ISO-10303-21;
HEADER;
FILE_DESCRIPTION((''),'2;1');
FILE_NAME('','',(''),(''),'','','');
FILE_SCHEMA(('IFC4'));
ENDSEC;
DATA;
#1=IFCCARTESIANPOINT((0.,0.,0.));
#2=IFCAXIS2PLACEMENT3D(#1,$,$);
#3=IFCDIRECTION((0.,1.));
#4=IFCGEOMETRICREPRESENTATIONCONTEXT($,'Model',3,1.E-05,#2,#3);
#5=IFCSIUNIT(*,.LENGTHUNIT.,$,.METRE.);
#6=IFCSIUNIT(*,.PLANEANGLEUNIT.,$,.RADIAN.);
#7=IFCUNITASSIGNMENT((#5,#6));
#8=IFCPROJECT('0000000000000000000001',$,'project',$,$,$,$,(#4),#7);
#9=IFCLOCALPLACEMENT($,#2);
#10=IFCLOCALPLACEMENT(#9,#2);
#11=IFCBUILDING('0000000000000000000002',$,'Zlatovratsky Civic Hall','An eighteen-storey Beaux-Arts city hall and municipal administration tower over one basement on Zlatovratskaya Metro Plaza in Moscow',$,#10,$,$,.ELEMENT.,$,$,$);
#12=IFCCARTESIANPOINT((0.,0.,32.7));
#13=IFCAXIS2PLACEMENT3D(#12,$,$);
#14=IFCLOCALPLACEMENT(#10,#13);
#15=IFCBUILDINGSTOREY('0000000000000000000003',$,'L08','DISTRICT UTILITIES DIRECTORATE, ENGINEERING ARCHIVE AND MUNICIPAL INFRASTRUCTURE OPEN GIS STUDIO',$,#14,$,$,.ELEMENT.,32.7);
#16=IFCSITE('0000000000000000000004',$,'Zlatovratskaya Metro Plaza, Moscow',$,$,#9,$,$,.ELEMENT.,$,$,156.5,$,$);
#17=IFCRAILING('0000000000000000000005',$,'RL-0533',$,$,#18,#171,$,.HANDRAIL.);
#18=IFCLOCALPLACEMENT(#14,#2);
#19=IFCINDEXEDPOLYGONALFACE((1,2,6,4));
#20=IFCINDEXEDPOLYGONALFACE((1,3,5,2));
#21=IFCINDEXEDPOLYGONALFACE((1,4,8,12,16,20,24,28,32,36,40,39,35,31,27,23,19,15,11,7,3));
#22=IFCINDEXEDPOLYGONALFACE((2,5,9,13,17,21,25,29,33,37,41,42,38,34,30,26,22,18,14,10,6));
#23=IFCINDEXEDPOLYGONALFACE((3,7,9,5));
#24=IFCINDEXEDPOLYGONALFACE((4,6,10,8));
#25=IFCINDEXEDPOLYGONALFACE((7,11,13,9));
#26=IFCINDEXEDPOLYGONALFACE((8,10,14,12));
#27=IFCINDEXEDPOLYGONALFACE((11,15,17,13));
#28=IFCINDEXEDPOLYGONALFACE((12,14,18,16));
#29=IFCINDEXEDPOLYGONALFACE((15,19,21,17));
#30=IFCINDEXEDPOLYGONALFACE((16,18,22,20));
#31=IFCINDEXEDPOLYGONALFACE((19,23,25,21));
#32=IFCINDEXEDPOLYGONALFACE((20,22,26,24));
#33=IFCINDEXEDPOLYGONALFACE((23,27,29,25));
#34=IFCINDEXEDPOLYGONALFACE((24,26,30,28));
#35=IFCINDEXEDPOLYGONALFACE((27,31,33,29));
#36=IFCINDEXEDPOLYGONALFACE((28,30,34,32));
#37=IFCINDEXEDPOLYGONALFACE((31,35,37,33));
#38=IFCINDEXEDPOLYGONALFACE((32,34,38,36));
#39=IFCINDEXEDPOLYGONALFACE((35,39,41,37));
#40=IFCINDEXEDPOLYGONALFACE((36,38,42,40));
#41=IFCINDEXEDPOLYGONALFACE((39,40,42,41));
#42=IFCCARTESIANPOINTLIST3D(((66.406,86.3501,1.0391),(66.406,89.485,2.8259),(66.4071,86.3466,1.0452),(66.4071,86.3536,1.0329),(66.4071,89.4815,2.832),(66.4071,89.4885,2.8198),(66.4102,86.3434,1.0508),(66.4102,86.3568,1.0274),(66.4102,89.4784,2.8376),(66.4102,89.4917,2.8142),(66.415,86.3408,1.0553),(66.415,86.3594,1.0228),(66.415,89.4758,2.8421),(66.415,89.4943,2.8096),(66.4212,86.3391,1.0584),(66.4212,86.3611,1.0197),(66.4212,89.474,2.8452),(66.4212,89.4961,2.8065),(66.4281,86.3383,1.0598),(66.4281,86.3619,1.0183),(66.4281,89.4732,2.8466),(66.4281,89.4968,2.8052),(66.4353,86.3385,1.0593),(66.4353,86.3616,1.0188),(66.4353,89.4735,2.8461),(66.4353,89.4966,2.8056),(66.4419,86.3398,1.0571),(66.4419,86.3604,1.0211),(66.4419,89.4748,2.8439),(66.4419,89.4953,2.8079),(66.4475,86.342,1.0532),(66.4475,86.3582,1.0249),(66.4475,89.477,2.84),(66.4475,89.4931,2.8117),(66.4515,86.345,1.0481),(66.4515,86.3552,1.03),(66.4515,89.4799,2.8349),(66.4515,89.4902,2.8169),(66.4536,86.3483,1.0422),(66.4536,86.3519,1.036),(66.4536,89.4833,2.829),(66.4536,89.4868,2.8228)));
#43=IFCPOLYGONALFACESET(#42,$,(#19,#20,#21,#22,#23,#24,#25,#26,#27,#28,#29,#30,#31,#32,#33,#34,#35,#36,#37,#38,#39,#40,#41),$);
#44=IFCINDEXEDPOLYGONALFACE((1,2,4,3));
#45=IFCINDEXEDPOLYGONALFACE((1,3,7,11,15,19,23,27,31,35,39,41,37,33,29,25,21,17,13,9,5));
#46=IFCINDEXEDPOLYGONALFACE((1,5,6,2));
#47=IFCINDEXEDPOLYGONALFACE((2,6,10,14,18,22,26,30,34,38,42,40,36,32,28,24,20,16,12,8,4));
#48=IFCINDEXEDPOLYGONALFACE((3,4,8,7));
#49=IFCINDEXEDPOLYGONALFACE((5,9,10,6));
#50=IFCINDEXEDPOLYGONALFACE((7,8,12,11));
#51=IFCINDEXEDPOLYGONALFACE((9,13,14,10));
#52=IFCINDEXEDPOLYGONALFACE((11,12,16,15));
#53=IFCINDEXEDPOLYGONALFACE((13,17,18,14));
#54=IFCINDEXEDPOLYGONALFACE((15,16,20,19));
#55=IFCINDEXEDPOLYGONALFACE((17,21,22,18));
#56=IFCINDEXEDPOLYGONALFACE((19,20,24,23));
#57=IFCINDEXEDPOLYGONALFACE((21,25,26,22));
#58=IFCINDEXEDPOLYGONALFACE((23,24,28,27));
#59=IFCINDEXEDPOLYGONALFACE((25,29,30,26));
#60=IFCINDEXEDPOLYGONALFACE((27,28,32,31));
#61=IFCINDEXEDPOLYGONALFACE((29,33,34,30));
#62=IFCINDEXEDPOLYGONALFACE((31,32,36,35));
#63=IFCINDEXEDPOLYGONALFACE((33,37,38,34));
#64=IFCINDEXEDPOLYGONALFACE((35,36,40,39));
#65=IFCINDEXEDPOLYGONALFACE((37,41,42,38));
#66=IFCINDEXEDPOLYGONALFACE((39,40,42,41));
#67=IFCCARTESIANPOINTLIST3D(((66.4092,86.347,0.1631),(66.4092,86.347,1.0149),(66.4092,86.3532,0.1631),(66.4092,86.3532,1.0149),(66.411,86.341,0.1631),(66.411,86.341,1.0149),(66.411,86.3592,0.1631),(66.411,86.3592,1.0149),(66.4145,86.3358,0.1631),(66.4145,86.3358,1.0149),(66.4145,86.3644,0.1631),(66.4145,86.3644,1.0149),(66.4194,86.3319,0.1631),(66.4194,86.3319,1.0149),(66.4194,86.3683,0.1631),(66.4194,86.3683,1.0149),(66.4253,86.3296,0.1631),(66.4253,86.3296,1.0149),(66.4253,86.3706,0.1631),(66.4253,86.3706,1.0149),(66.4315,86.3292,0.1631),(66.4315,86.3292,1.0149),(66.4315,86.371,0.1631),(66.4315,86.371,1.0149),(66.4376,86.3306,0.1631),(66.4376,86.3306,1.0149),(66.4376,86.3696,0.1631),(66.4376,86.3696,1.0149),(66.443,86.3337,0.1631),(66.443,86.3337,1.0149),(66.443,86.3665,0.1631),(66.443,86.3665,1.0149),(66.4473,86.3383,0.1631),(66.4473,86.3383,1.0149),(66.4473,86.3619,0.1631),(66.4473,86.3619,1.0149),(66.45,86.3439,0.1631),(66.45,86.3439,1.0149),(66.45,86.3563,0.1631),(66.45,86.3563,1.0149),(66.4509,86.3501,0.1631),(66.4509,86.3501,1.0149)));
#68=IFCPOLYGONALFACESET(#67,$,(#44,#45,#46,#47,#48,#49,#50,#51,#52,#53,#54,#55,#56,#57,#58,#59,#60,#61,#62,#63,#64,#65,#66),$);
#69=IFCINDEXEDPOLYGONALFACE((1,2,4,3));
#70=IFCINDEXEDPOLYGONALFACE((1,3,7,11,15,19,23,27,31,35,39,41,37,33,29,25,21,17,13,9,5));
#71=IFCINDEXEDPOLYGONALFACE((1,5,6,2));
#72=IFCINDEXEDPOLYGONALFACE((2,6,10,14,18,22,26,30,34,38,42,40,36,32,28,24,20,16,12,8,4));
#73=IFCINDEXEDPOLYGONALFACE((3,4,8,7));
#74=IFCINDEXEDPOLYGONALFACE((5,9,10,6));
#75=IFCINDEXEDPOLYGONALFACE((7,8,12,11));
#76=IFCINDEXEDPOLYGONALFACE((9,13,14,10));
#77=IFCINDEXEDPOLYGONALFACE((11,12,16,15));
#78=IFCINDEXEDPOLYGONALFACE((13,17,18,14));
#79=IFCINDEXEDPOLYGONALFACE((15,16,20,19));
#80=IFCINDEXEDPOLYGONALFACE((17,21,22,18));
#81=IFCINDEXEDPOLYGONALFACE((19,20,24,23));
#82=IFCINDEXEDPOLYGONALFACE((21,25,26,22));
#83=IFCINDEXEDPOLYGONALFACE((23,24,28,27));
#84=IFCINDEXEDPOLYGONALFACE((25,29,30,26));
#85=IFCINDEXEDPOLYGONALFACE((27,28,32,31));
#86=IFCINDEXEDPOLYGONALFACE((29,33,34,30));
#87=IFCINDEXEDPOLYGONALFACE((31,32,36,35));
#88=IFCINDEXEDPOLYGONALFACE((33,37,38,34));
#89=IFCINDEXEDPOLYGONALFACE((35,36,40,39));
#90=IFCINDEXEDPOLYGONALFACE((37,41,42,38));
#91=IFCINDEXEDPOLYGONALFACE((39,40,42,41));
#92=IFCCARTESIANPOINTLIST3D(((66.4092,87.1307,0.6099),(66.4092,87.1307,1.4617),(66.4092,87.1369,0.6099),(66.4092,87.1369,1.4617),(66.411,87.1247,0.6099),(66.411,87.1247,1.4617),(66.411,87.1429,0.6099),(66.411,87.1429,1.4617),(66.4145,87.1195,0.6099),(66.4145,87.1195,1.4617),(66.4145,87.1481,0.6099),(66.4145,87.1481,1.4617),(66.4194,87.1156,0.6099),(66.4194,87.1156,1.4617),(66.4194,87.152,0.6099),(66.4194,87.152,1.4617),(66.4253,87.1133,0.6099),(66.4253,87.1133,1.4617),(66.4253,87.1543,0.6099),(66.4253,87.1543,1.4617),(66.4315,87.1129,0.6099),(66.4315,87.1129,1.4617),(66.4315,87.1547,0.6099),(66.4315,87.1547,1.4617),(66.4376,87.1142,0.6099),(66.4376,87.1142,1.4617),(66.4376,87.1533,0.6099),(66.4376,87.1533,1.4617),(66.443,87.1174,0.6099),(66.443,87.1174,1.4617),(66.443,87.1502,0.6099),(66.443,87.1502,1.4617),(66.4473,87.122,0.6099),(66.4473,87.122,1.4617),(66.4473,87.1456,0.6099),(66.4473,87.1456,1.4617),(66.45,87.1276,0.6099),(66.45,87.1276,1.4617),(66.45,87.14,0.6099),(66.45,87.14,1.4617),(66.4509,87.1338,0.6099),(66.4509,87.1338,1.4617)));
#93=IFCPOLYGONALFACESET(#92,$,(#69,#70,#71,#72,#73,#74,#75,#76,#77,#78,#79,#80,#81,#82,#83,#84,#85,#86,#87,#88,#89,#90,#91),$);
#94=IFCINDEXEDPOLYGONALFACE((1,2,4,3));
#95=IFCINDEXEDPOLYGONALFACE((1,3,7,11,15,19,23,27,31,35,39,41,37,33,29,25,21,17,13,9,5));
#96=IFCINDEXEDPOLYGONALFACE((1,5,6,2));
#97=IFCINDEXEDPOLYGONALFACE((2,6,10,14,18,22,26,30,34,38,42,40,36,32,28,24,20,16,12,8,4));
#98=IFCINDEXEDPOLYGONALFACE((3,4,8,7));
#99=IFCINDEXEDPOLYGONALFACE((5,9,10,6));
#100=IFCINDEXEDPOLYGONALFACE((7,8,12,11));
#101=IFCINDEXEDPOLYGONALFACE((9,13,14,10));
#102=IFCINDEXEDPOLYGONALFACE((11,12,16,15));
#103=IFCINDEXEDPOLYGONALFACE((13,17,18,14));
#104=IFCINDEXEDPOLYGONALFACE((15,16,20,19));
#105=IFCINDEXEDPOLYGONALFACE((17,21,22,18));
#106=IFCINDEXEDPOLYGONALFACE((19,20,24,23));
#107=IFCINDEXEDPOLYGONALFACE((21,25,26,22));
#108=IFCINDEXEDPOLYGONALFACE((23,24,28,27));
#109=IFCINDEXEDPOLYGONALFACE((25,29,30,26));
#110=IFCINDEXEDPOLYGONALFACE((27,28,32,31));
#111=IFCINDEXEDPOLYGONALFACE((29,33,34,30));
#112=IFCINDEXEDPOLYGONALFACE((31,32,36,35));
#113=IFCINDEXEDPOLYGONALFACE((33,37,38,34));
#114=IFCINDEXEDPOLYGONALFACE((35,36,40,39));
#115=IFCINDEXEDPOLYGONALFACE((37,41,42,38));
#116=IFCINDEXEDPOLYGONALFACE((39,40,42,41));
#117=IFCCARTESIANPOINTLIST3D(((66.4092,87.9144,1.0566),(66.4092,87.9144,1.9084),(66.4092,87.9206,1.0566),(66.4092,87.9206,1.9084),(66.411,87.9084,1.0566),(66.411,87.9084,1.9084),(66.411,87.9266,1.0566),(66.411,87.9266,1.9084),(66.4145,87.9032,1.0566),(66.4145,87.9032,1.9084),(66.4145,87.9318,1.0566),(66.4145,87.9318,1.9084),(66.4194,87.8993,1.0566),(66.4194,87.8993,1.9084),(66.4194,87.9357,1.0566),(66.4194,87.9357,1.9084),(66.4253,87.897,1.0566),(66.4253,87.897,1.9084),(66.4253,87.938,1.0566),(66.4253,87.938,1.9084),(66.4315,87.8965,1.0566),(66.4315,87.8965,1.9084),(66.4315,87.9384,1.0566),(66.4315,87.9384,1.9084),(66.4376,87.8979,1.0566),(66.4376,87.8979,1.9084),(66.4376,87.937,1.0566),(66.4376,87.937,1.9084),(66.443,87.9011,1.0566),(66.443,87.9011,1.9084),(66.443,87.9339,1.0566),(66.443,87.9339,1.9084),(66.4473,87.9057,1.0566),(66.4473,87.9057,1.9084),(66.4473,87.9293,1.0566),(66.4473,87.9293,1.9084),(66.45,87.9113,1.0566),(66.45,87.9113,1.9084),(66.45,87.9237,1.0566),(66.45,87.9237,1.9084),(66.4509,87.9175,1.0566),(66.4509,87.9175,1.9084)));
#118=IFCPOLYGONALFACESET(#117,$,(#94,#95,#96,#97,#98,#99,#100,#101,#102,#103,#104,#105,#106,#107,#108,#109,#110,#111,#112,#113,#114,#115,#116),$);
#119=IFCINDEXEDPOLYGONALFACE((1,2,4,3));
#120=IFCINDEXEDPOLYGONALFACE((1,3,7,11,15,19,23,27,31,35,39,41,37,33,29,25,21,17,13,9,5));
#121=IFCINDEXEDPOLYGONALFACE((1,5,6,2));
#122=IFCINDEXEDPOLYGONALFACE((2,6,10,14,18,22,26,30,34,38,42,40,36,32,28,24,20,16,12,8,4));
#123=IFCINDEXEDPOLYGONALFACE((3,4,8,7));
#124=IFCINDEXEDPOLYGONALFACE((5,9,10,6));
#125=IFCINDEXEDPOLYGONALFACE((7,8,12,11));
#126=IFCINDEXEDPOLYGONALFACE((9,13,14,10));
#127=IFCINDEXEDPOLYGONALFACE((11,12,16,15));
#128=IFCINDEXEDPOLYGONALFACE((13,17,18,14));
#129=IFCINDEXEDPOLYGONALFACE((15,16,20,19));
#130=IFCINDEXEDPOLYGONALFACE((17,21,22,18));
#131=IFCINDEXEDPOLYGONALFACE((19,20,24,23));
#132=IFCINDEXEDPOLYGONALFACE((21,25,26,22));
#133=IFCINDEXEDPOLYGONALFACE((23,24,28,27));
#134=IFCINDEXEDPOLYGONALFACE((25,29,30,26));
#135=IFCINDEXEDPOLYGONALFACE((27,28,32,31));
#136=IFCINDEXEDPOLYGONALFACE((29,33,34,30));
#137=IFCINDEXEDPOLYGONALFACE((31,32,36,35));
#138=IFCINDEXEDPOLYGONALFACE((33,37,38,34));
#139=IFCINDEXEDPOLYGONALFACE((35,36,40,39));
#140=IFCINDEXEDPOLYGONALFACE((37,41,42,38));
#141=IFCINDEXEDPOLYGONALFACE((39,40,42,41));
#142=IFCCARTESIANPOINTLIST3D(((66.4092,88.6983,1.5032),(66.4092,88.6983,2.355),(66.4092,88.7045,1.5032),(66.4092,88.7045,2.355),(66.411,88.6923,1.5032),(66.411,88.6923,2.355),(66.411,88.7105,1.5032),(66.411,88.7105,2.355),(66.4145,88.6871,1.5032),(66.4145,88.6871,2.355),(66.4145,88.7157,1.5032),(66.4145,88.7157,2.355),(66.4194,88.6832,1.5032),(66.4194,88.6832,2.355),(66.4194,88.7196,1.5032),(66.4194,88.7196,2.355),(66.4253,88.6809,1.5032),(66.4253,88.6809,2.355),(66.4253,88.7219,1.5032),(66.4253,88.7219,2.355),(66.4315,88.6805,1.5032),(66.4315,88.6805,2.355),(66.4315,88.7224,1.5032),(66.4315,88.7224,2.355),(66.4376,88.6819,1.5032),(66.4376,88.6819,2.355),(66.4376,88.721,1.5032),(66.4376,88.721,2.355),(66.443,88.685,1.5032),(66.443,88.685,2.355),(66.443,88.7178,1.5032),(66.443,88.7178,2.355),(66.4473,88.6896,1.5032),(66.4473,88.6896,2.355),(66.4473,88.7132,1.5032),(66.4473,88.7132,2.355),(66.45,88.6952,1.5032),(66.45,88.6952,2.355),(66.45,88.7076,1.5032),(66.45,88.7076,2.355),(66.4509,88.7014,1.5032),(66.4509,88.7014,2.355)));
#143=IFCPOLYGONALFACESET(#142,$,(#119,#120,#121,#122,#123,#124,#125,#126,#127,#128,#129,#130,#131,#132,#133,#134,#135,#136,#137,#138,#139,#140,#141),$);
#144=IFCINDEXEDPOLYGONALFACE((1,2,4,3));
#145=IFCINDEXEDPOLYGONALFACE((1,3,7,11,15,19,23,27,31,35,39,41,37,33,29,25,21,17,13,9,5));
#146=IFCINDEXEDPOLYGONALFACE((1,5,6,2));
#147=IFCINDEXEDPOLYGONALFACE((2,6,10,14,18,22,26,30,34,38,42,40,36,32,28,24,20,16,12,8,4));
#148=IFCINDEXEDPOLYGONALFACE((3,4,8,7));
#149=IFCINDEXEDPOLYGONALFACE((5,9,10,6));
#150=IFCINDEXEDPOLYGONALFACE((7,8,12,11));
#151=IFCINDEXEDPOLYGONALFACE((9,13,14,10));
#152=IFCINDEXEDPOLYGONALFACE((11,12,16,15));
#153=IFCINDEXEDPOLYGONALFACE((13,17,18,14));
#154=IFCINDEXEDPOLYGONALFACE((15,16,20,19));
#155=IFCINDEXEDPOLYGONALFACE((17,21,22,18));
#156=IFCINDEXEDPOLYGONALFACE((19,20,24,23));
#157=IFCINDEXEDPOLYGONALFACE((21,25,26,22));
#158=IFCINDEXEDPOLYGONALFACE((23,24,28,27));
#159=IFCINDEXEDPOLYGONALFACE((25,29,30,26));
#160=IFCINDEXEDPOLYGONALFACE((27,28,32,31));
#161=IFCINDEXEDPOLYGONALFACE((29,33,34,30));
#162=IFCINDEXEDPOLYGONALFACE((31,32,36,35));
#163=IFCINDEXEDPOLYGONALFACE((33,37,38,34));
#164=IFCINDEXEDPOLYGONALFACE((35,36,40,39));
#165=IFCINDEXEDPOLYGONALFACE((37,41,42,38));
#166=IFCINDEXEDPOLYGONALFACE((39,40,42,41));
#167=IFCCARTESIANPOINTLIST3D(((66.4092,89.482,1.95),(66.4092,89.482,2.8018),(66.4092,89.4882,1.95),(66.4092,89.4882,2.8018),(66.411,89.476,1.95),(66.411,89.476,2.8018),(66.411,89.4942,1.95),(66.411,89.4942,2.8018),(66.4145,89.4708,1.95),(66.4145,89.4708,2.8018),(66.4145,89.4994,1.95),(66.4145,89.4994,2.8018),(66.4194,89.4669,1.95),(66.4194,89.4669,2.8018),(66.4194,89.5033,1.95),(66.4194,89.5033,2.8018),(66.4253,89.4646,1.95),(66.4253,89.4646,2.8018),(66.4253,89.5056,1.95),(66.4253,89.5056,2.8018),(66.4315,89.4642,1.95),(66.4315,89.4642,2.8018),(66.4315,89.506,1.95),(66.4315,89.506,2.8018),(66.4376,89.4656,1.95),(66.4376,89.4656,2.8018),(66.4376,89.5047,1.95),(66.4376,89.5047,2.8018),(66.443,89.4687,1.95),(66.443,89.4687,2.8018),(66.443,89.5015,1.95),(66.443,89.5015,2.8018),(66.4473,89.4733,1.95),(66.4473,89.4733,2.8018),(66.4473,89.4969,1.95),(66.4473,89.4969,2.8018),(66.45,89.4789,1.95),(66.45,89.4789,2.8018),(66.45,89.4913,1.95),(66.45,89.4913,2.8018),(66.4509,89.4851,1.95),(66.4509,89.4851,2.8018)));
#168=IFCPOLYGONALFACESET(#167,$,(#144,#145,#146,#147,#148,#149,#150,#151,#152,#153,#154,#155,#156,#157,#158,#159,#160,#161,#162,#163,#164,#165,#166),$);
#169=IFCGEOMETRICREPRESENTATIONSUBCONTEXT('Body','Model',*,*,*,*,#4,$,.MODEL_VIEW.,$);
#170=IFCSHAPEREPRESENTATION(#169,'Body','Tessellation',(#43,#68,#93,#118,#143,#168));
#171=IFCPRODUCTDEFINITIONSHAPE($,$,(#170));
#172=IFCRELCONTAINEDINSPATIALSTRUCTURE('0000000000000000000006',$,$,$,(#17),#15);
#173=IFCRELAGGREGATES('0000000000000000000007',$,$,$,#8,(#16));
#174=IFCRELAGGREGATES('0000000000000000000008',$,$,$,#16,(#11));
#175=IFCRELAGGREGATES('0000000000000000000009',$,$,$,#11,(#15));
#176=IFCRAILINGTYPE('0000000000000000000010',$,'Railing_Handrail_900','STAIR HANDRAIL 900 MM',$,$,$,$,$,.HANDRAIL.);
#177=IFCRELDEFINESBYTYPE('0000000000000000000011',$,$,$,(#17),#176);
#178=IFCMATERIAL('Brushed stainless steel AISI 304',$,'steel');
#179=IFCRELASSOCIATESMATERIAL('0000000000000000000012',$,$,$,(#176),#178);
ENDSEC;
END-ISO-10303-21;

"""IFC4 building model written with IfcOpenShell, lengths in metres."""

from ifc_helpers import new_model, si_unit, direction, frame, origin, origin_2d, place, context, subcontext, project, spatial, circle, extrude, material, type_object, element, save


model = new_model("IFC4")

# Units and contexts
model_context = context("Model", 3, precision=1e-05, world=origin(), true_north=direction((0.0, 1.0)))
body_context = subcontext(model_context, "Body", "Model", "MODEL_VIEW")
ifc_project = project(units=[si_unit("LENGTHUNIT", "METRE"), si_unit("PLANEANGLEUNIT", "RADIAN")], contexts=[model_context])

# Site, building, storey
site_placement = place(None, origin())
site = spatial("IfcSite", under=ifc_project, at=site_placement, Name="Zlatovratskaya Metro Plaza, Moscow", CompositionType="ELEMENT", RefElevation=156.5)
building_placement = place(site_placement, origin())
building = spatial("IfcBuilding", under=site, at=building_placement, Name="Zlatovratsky Civic Hall", Description="An eighteen-storey Beaux-Arts city hall and municipal administration tower over one basement on Zlatovratskaya Metro Plaza in Moscow", CompositionType="ELEMENT")
storey_placement = place(building_placement, frame((0.0, 0.0, 32.7)))
storey = spatial("IfcBuildingStorey", under=building, at=storey_placement, Name="L08", Description="DISTRICT UTILITIES DIRECTORATE, ENGINEERING ARCHIVE AND MUNICIPAL INFRASTRUCTURE OPEN GIS STUDIO", CompositionType="ELEMENT", Elevation=32.7)

# Railing
ifc_material_1 = material(Name="Brushed stainless steel AISI 304", Category="steel")
railing_type_1 = type_object("IfcRailingType", Name="Railing_Handrail_900", Description="STAIR HANDRAIL 900 MM", PredefinedType="HANDRAIL", material=ifc_material_1)
railing_1_placement = place(storey_placement, frame((66.4299, 86.3501, 0.1631)))
element("IfcRailing", 1, at=railing_1_placement, inside=storey, type_object=railing_type_1, Name="RL-0533", PredefinedType="HANDRAIL", context=body_context, shape_type="SweptSolid", body=[
    extrude(circle(Radius=0.0239, at=origin_2d()), frame((0.0, 0.0, 0.876), z_axis=(0.0, 0.868788, 0.495184), x_axis=(-1.0, 0.0, 0.0)), (0.0, 0.0, 1.0), 3.6084),
    extrude(circle(Radius=0.021, at=origin_2d()), origin(), (0.0, 0.0, 1.0), 0.8518),
    extrude(circle(Radius=0.021, at=origin_2d()), frame((0.0, 0.7837, 0.4468)), (0.0, 0.0, 1.0), 0.8518),
    extrude(circle(Radius=0.021, at=origin_2d()), frame((0.0, 1.5674, 0.8936)), (0.0, 0.0, 1.0), 0.8518),
    extrude(circle(Radius=0.021, at=origin_2d()), frame((0.0, 2.3513, 1.3401)), (0.0, 0.0, 1.0), 0.8518),
    extrude(circle(Radius=0.021, at=origin_2d()), frame((0.0, 3.135, 1.7869)), (0.0, 0.0, 1.0), 0.8518),
])

save(model, "model.ifc")
